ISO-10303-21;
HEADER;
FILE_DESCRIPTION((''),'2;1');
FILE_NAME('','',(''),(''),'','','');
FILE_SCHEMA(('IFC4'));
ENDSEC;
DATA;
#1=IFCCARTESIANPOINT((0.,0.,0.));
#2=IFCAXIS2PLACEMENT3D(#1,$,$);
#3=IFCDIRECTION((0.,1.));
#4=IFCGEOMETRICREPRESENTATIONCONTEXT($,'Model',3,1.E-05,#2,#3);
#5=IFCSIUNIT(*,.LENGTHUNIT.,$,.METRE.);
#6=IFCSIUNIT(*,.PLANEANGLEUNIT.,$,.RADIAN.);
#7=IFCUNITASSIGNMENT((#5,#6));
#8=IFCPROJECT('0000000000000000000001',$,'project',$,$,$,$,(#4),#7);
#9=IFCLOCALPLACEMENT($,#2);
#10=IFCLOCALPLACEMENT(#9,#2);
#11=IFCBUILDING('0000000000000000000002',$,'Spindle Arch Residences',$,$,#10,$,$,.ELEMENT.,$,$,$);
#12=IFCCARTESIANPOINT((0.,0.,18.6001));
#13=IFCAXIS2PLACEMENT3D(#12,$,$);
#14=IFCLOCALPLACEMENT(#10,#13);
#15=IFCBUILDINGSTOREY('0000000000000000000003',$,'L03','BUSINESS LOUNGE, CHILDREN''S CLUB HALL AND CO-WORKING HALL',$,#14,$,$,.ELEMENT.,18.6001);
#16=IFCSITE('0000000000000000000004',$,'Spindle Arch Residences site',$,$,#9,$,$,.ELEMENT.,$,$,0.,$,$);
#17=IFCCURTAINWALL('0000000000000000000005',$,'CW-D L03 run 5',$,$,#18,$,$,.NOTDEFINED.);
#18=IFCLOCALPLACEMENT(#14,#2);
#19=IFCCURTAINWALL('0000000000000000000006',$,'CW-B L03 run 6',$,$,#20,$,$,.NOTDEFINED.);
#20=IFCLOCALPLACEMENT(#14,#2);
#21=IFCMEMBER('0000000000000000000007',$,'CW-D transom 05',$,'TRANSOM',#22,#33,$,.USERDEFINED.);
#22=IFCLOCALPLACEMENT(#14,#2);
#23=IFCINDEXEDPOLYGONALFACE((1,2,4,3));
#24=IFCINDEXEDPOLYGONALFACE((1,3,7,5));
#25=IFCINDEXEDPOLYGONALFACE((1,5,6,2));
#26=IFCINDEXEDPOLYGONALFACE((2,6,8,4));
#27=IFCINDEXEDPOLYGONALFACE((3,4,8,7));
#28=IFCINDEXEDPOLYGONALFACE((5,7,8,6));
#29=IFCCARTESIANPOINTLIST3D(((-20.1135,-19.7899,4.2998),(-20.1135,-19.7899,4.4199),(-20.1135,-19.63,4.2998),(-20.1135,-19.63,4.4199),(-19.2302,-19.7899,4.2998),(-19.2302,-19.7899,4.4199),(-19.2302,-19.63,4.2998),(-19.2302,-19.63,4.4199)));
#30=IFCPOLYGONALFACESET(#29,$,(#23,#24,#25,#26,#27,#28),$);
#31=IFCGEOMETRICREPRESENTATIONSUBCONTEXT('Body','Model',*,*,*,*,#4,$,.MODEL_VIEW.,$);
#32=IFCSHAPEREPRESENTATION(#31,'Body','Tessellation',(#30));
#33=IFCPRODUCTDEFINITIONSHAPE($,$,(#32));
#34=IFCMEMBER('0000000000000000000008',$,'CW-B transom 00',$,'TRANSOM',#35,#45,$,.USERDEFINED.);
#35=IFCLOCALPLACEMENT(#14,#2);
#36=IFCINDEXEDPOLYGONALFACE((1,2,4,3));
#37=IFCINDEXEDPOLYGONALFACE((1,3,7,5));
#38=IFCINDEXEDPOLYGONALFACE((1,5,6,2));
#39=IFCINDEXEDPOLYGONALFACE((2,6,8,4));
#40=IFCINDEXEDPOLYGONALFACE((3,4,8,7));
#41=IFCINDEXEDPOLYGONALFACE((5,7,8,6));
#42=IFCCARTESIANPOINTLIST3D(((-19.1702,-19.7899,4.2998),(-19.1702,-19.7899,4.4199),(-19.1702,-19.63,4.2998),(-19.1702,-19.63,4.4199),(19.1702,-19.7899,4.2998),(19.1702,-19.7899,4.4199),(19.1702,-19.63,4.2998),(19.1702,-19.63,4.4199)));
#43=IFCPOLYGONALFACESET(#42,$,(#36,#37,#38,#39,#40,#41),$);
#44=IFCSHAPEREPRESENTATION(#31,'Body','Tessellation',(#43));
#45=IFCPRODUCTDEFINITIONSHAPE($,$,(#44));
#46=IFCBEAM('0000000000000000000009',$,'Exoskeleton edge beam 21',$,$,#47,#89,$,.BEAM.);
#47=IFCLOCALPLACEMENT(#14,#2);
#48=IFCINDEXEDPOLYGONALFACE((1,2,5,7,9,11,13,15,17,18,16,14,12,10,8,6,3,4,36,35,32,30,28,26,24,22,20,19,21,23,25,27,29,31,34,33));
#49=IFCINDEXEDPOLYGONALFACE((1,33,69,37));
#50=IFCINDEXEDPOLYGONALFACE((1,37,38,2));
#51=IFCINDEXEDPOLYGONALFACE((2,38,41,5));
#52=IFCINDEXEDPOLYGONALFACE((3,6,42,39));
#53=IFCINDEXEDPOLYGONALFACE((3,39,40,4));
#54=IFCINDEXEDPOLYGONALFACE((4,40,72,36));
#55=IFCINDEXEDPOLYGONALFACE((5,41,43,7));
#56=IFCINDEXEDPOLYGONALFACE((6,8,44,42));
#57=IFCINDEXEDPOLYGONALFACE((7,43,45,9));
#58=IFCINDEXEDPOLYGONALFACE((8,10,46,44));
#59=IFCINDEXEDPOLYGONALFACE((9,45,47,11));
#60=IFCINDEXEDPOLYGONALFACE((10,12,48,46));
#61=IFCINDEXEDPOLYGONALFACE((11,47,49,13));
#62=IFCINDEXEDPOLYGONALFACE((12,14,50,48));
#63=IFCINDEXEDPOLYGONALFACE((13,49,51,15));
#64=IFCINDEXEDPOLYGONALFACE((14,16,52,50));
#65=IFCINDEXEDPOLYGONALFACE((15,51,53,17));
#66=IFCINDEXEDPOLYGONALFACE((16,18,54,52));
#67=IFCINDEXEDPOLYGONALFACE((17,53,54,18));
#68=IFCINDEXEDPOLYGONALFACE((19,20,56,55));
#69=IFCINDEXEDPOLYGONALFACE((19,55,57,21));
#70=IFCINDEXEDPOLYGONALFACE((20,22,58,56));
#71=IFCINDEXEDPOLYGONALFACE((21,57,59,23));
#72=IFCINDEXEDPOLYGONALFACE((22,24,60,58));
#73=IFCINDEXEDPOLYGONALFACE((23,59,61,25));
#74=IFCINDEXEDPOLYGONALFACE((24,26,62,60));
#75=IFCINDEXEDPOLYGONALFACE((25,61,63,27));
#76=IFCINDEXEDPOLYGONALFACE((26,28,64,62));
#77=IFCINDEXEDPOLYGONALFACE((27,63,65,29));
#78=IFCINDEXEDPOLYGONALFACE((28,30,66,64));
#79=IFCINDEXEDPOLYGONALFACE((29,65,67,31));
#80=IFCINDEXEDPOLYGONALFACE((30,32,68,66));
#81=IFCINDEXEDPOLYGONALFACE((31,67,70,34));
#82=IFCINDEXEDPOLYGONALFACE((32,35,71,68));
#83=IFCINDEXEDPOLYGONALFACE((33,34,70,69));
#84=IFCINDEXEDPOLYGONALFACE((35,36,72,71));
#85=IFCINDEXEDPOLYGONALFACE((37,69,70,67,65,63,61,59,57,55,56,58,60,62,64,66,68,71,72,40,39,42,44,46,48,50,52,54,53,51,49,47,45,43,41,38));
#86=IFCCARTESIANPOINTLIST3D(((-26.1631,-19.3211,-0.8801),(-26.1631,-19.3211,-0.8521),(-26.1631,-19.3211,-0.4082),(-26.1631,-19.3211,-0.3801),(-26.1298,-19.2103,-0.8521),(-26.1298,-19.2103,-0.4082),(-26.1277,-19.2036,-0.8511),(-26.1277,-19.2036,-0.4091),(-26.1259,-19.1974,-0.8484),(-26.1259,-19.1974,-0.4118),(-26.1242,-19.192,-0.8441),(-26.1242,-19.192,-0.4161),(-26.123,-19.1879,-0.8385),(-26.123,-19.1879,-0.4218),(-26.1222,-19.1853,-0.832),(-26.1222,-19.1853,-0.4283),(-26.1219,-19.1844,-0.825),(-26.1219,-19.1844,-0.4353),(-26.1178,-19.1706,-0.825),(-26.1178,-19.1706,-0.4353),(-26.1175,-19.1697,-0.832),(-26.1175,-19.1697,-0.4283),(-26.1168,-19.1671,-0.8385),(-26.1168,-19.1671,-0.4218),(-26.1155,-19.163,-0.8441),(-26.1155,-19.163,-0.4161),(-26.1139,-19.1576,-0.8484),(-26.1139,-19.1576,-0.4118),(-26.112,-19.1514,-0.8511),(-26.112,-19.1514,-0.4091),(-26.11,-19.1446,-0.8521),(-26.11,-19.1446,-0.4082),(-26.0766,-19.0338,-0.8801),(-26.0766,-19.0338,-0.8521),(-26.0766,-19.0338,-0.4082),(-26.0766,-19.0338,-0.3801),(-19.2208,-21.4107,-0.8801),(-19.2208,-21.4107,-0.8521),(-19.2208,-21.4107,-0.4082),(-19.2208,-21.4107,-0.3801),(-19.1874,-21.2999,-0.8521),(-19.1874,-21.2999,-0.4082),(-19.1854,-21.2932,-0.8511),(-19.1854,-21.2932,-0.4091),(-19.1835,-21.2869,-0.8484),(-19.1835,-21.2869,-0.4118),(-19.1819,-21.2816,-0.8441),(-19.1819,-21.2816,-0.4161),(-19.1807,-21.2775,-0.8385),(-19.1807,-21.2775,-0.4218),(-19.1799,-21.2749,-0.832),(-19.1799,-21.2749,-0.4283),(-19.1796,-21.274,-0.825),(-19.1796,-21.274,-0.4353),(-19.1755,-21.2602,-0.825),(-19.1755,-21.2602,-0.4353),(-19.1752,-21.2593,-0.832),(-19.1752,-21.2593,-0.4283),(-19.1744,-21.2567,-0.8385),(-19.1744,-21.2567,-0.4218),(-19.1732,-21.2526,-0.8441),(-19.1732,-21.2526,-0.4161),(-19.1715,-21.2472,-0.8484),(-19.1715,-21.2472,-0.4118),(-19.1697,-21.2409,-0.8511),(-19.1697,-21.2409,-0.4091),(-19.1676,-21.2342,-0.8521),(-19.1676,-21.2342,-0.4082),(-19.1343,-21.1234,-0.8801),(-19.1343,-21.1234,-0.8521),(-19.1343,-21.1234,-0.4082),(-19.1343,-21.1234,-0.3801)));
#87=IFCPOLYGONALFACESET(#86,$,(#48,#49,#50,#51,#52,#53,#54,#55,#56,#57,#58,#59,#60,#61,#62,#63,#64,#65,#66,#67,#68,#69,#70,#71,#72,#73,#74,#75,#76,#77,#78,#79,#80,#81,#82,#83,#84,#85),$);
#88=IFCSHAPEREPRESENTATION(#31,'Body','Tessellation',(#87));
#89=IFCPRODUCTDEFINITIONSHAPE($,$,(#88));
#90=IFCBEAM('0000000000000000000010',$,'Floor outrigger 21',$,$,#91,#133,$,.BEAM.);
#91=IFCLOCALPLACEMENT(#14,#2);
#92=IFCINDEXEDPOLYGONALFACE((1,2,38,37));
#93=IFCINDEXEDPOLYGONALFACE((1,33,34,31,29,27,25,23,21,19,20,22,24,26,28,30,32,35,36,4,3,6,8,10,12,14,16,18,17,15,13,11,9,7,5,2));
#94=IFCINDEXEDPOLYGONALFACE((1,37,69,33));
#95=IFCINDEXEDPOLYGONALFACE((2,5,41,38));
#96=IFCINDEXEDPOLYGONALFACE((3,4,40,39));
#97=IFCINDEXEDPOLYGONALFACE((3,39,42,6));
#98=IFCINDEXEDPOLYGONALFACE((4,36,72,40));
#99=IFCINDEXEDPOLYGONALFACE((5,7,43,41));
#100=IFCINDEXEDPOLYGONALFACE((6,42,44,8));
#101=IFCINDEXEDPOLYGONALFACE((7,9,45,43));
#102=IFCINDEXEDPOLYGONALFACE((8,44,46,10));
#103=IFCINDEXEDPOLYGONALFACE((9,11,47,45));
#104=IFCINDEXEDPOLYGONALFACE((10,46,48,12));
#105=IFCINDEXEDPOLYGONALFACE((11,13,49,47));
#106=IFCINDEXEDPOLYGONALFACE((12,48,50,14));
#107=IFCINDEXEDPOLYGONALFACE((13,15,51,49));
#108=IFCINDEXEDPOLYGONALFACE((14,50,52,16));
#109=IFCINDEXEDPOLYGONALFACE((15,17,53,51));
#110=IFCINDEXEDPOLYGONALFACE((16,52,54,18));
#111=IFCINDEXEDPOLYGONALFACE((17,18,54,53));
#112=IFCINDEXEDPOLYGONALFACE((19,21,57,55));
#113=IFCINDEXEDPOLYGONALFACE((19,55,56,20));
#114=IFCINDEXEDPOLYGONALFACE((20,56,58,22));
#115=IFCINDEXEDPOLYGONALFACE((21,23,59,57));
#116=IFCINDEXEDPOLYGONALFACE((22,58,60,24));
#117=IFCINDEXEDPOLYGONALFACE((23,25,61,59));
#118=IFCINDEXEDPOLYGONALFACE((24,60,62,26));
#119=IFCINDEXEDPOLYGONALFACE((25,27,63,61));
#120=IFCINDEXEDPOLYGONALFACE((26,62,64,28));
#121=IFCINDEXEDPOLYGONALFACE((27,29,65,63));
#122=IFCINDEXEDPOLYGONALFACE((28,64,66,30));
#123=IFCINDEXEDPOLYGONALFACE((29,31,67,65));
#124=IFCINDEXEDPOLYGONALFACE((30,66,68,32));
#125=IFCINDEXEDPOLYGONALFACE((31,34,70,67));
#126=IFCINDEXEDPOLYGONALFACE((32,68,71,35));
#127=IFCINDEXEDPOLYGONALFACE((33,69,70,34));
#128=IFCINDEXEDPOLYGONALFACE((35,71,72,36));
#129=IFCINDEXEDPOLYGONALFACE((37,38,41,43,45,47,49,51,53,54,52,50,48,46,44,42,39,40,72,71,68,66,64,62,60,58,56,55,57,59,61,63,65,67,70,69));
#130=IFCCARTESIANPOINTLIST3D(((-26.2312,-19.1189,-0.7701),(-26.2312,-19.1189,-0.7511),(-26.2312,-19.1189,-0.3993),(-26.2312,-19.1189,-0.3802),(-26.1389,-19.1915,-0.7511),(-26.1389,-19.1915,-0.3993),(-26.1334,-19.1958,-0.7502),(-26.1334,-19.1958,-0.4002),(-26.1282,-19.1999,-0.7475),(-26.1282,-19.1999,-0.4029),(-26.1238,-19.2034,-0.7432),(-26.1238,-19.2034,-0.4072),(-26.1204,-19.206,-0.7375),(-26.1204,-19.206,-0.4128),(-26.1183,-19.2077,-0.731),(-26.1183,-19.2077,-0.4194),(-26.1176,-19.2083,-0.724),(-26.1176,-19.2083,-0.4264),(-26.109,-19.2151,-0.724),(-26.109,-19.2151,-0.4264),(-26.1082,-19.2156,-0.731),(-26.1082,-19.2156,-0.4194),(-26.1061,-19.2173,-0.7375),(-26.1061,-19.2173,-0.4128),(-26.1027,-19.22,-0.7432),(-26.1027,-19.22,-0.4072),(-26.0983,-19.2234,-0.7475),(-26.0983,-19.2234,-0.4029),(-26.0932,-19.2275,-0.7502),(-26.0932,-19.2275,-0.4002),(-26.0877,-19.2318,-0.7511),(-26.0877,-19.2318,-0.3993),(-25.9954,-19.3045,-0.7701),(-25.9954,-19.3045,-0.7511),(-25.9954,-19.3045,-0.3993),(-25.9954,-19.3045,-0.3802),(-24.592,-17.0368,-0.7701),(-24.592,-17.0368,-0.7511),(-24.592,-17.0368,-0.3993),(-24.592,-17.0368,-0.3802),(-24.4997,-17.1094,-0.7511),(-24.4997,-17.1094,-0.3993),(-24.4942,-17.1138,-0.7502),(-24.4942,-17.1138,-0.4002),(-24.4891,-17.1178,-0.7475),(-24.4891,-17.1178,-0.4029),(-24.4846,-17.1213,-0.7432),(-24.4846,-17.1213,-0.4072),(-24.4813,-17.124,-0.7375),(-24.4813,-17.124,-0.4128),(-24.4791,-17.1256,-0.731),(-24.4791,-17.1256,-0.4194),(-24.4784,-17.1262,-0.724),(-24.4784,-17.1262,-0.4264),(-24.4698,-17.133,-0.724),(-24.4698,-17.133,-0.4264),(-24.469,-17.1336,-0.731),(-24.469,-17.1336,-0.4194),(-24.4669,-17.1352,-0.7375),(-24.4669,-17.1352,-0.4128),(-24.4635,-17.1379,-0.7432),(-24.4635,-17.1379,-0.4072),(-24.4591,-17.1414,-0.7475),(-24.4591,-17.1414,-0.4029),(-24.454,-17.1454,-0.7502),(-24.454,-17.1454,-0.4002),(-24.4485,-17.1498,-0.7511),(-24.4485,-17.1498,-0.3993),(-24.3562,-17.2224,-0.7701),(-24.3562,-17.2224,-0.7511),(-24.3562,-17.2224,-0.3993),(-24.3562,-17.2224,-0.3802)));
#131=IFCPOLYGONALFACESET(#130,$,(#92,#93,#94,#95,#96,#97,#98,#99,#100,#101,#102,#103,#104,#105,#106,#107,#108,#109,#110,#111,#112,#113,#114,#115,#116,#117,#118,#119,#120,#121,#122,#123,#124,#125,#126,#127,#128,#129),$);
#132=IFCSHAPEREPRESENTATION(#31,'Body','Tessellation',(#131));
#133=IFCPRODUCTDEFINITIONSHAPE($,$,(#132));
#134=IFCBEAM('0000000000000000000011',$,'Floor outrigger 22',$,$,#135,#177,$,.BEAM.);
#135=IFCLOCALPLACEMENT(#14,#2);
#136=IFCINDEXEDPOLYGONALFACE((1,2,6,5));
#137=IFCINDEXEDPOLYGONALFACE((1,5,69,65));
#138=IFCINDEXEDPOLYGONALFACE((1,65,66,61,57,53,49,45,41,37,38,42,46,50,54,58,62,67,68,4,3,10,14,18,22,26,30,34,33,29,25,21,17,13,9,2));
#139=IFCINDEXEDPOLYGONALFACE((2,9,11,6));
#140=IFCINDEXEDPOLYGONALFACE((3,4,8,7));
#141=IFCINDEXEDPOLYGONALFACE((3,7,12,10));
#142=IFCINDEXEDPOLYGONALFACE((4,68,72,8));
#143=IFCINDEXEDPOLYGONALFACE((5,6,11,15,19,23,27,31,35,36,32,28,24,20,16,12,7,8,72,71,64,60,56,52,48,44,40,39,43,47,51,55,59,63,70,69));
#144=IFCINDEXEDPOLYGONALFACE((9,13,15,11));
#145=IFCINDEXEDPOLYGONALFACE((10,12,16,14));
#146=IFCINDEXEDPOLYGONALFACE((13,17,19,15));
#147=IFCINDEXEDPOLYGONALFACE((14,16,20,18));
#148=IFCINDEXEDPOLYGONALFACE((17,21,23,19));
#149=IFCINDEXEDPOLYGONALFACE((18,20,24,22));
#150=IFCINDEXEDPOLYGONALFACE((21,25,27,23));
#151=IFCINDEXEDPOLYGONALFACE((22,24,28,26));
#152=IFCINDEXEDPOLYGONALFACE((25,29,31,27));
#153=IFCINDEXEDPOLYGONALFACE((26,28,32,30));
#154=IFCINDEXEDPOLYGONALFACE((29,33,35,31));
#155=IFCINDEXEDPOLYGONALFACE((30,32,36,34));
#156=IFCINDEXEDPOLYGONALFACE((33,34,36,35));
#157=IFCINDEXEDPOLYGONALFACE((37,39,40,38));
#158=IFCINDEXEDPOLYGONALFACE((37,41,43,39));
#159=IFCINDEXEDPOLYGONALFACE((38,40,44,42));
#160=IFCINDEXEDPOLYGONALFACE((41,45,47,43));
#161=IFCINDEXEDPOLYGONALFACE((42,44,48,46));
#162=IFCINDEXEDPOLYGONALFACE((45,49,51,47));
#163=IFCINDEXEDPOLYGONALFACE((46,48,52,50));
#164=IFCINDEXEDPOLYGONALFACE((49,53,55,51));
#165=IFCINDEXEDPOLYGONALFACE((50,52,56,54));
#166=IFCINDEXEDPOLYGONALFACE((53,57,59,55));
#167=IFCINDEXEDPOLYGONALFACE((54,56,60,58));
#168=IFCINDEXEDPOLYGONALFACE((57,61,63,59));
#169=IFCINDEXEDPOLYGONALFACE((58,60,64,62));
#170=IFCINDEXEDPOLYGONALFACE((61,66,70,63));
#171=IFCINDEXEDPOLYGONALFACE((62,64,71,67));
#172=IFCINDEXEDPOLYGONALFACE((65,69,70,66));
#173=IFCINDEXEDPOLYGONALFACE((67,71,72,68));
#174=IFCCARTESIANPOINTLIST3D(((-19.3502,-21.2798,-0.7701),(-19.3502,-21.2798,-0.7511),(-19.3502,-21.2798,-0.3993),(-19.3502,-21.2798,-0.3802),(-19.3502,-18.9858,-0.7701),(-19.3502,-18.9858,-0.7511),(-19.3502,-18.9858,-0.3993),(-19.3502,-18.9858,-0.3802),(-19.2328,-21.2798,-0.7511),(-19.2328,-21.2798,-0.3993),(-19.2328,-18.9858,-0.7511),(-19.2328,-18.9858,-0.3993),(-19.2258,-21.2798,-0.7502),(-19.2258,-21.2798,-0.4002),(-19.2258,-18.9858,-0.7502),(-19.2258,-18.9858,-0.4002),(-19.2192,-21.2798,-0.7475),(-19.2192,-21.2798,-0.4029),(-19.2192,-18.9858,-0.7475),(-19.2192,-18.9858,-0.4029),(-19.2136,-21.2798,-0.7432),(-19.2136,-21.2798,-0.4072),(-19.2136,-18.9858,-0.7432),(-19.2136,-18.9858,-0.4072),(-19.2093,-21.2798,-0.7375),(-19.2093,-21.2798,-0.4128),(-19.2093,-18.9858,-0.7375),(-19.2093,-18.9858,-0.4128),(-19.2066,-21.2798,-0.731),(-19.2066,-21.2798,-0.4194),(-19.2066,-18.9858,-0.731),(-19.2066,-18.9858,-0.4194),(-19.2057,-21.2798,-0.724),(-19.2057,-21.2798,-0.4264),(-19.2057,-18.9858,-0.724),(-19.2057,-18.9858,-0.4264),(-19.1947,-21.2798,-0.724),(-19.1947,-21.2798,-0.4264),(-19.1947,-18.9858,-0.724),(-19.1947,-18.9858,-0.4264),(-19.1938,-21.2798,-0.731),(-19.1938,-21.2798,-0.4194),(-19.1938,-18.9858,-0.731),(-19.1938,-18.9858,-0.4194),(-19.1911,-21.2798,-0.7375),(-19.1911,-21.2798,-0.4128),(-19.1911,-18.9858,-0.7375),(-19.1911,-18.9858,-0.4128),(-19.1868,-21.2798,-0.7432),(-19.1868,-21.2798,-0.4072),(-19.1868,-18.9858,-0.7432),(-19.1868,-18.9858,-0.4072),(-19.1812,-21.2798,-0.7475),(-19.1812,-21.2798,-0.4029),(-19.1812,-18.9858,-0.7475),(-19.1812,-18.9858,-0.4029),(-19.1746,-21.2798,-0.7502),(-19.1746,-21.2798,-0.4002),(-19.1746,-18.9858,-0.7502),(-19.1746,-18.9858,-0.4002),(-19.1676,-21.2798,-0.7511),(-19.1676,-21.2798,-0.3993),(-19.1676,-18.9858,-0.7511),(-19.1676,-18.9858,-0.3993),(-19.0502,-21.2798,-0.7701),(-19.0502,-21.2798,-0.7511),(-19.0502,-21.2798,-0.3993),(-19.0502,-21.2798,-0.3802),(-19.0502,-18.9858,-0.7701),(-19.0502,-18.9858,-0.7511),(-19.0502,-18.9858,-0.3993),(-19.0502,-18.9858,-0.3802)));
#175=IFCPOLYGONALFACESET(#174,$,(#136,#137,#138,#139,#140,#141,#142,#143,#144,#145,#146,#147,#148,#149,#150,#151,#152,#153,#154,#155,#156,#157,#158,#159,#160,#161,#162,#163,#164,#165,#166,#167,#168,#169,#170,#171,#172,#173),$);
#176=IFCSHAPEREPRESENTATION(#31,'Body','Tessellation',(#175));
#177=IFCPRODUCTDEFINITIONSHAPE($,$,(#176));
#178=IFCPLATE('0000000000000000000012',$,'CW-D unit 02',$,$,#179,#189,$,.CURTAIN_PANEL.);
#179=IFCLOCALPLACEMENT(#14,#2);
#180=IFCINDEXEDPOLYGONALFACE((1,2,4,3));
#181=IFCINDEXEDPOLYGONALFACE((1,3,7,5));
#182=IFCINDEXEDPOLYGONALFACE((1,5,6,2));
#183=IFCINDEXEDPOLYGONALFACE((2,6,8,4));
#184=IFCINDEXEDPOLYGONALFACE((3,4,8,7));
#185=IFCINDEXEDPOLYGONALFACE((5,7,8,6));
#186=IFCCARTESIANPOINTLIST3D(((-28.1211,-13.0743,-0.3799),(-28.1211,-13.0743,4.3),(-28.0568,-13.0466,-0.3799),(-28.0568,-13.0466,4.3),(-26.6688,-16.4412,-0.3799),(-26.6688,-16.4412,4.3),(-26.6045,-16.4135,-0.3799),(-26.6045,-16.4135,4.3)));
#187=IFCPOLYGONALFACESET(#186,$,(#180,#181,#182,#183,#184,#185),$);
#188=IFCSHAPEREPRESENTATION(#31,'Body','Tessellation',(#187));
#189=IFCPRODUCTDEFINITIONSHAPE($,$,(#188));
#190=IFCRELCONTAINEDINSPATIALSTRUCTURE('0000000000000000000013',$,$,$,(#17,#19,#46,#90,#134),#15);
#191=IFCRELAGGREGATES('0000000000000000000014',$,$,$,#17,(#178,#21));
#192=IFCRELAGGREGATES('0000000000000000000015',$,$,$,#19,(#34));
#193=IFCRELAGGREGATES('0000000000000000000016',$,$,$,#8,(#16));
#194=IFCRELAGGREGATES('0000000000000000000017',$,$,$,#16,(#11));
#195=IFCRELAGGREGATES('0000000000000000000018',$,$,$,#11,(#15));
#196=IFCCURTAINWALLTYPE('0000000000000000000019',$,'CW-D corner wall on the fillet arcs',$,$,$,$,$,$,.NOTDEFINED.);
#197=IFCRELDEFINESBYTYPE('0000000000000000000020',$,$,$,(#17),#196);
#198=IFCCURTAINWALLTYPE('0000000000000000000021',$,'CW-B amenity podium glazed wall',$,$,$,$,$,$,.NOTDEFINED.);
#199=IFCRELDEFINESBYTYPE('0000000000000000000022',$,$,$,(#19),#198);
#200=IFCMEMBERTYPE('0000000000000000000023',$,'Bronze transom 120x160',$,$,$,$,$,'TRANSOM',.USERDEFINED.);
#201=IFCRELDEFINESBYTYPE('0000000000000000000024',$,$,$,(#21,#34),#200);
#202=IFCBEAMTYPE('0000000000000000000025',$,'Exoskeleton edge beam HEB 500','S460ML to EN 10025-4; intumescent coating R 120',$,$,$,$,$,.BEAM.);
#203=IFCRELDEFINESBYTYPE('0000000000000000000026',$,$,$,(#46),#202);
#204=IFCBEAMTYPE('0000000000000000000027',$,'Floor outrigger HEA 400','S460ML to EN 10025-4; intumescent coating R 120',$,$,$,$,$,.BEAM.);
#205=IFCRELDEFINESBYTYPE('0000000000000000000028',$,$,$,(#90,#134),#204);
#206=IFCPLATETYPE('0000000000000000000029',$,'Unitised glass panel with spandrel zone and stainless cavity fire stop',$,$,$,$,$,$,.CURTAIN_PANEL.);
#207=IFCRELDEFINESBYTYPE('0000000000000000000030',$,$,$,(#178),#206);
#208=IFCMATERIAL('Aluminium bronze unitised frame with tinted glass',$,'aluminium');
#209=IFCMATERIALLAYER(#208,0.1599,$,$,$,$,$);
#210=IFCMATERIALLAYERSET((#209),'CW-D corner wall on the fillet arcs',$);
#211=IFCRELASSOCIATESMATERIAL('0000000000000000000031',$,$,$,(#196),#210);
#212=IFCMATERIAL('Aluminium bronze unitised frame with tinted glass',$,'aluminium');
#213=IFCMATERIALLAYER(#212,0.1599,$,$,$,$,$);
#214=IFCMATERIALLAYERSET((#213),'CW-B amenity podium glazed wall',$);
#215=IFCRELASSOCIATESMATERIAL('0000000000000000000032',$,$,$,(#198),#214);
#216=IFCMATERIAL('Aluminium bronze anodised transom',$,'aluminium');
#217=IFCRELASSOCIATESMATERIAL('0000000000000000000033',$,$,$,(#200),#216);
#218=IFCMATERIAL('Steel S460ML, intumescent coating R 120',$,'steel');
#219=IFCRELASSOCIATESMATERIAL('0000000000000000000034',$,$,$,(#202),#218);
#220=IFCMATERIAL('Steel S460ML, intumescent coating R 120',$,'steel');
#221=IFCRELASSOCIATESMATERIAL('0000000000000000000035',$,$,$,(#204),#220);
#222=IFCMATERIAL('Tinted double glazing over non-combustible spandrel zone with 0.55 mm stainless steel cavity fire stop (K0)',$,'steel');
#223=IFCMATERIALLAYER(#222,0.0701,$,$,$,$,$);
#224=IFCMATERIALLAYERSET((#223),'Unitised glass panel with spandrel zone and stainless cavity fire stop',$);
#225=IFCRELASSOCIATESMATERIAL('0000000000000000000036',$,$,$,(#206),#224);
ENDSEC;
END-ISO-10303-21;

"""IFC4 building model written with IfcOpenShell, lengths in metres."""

from ifc_helpers import new_model, si_unit, direction, frame, origin, origin_2d, place, context, subcontext, project, spatial, rectangle, i_section, extrude, material, layer, layer_set, material_profile, profile_set, type_object, element, aggregate, save


model = new_model("IFC4")

# Units and contexts
model_context = context("Model", 3, precision=1e-05, world=origin(), true_north=direction((0.0, 1.0)))
body_context = subcontext(model_context, "Body", "Model", "MODEL_VIEW")
ifc_project = project(units=[si_unit("LENGTHUNIT", "METRE"), si_unit("PLANEANGLEUNIT", "RADIAN")], contexts=[model_context])

# Site, building, storey
site_placement = place(None, origin())
site = spatial("IfcSite", under=ifc_project, at=site_placement, Name="Spindle Arch Residences site", CompositionType="ELEMENT", RefElevation=0.0)
building_placement = place(site_placement, origin())
building = spatial("IfcBuilding", under=site, at=building_placement, Name="Spindle Arch Residences", CompositionType="ELEMENT")
storey_placement = place(building_placement, frame((0.0, 0.0, 18.6001)))
storey = spatial("IfcBuildingStorey", under=building, at=storey_placement, Name="L03", Description="BUSINESS LOUNGE, CHILDREN'S CLUB HALL AND CO-WORKING HALL", CompositionType="ELEMENT", Elevation=18.6001)

# Curtain wall
ifc_material_1 = material(Name="Aluminium bronze unitised frame with tinted glass", Category="aluminium")
ifc_layer_1 = layer(ifc_material_1, 0.1599)
ifc_layer_set_1 = layer_set([ifc_layer_1], Name="CW-D corner wall on the fillet arcs")
curtain_wall_type_1 = type_object("IfcCurtainWallType", Name="CW-D corner wall on the fillet arcs", PredefinedType="NOTDEFINED", material=ifc_layer_set_1)
curtain_wall_1_placement = place(storey_placement, origin())
curtain_wall_1 = element("IfcCurtainWall", 1, at=curtain_wall_1_placement, inside=storey, type_object=curtain_wall_type_1, Name="CW-D L03 run 5", PredefinedType="NOTDEFINED")

# Curtain wall
ifc_material_2 = material(Name="Aluminium bronze unitised frame with tinted glass", Category="aluminium")
ifc_layer_2 = layer(ifc_material_2, 0.1599)
ifc_layer_set_2 = layer_set([ifc_layer_2], Name="CW-B amenity podium glazed wall")
curtain_wall_type_2 = type_object("IfcCurtainWallType", Name="CW-B amenity podium glazed wall", PredefinedType="NOTDEFINED", material=ifc_layer_set_2)
curtain_wall_2_placement = place(storey_placement, origin())
curtain_wall_2 = element("IfcCurtainWall", 2, at=curtain_wall_2_placement, inside=storey, type_object=curtain_wall_type_2, Name="CW-B L03 run 6", PredefinedType="NOTDEFINED")

# Members
ifc_material_3 = material(Name="Aluminium bronze anodised transom", Category="aluminium")
ifc_material_profile_1 = material_profile(ifc_material_3, rectangle(XDim=0.1599, YDim=0.1201, at=origin_2d()), Name="TR 120x160")
ifc_profile_set_1 = profile_set([ifc_material_profile_1], Name="Aluminium bronze anodised transom")
member_type_1 = type_object("IfcMemberType", Name="Bronze transom 120x160", ElementType="TRANSOM", PredefinedType="USERDEFINED", material=ifc_profile_set_1)
member_1_placement = place(storey_placement, frame((-20.1135, -19.71, 4.3599), z_axis=(1.0, 0.0, 0.0), x_axis=(0.0, 1.0, 0.0)))
member_1 = element("IfcMember", 3, at=member_1_placement, type_object=member_type_1, Name="CW-D transom 05", ObjectType="TRANSOM", PredefinedType="USERDEFINED", context=body_context, shape_type="SweptSolid", body=[
    extrude(rectangle(XDim=0.1599, YDim=0.1201, at=origin_2d()), origin(), (0.0, 0.0, 1.0), 0.8833),
])
member_2_placement = place(storey_placement, frame((-19.1702, -19.71, 4.3599), z_axis=(1.0, 0.0, 0.0), x_axis=(0.0, 1.0, 0.0)))
member_2 = element("IfcMember", 4, at=member_2_placement, type_object=member_type_1, Name="CW-B transom 00", ObjectType="TRANSOM", PredefinedType="USERDEFINED", context=body_context, shape_type="SweptSolid", body=[
    extrude(rectangle(XDim=0.1599, YDim=0.1201, at=origin_2d()), origin(), (0.0, 0.0, 1.0), 38.3403),
])

# Beams
ifc_material_4 = material(Name="Steel S460ML, intumescent coating R 120", Category="steel")
ifc_material_profile_2 = material_profile(ifc_material_4, i_section(OverallWidth=0.3, OverallDepth=0.5, WebThickness=0.0144, FlangeThickness=0.0281, FilletRadius=0.0271, at=origin_2d()), Name="HEB 500")
ifc_profile_set_2 = profile_set([ifc_material_profile_2], Name="Steel S460ML, intumescent coating R 120")
beam_type_1 = type_object("IfcBeamType", Name="Exoskeleton edge beam HEB 500", Description="S460ML to EN 10025-4; intumescent coating R 120", PredefinedType="BEAM", material=ifc_profile_set_2)
beam_1_placement = place(storey_placement, frame((-26.1199, -19.1775, -0.6301), z_axis=(0.957565, -0.288219, 0.0), x_axis=(0.288219, 0.957565, 0.0)))
element("IfcBeam", 5, at=beam_1_placement, inside=storey, type_object=beam_type_1, Name="Exoskeleton edge beam 21", PredefinedType="BEAM", context=body_context, shape_type="SweptSolid", body=[
    extrude(i_section(OverallWidth=0.3, OverallDepth=0.5, WebThickness=0.0144, FlangeThickness=0.0281, FilletRadius=0.0271, at=origin_2d()), origin(), (0.0, 0.0, 1.0), 7.25),
])
ifc_material_5 = material(Name="Steel S460ML, intumescent coating R 120", Category="steel")
ifc_material_profile_3 = material_profile(ifc_material_5, i_section(OverallWidth=0.3, OverallDepth=0.3899, WebThickness=0.011, FlangeThickness=0.019, FilletRadius=0.0271, at=origin_2d()), Name="HEA 400")
ifc_profile_set_3 = profile_set([ifc_material_profile_3], Name="Steel S460ML, intumescent coating R 120")
beam_type_2 = type_object("IfcBeamType", Name="Floor outrigger HEA 400", Description="S460ML to EN 10025-4; intumescent coating R 120", PredefinedType="BEAM", material=ifc_profile_set_3)
beam_2_placement = place(storey_placement, frame((-26.1133, -19.2117, -0.5752), z_axis=(0.618586, 0.785717, 0.0), x_axis=(-0.785717, 0.618586, 0.0)))
element("IfcBeam", 6, at=beam_2_placement, inside=storey, type_object=beam_type_2, Name="Floor outrigger 21", PredefinedType="BEAM", context=body_context, shape_type="SweptSolid", body=[
    extrude(i_section(OverallWidth=0.3, OverallDepth=0.3899, WebThickness=0.011, FlangeThickness=0.019, FilletRadius=0.0271, at=origin_2d()), origin(), (0.0, 0.0, 1.0), 2.6499),
])
beam_3_placement = place(storey_placement, frame((-19.2002, -21.2798, -0.5752), z_axis=(0.0, 1.0, 0.0), x_axis=(-1.0, 0.0, 0.0)))
element("IfcBeam", 7, at=beam_3_placement, inside=storey, type_object=beam_type_2, Name="Floor outrigger 22", PredefinedType="BEAM", context=body_context, shape_type="SweptSolid", body=[
    extrude(i_section(OverallWidth=0.3, OverallDepth=0.3899, WebThickness=0.011, FlangeThickness=0.019, FilletRadius=0.0271, at=origin_2d()), origin(), (0.0, 0.0, 1.0), 2.2939),
])

# Plate
ifc_material_6 = material(Name="Tinted double glazing over non-combustible spandrel zone with 0.55 mm stainless steel cavity fire stop (K0)", Category="steel")
ifc_layer_3 = layer(ifc_material_6, 0.0701)
ifc_layer_set_3 = layer_set([ifc_layer_3], Name="Unitised glass panel with spandrel zone and stainless cavity fire stop")
plate_type = type_object("IfcPlateType", Name="Unitised glass panel with spandrel zone and stainless cavity fire stop", PredefinedType="CURTAIN_PANEL", material=ifc_layer_set_3)
plate_1_placement = place(storey_placement, frame((-27.3628, -14.7439, -0.3799), z_axis=(0.0, 0.0, 1.0), x_axis=(0.39608, -0.918216, 0.0)))
plate_1 = element("IfcPlate", 8, at=plate_1_placement, type_object=plate_type, Name="CW-D unit 02", PredefinedType="CURTAIN_PANEL", context=body_context, shape_type="SweptSolid", body=[
    extrude(rectangle(XDim=3.6667, YDim=0.0701, at=origin_2d()), origin(), (0.0, 0.0, 1.0), 4.6799),
])
aggregate(curtain_wall_1, [plate_1, member_1])
aggregate(curtain_wall_2, [member_2])

save(model, "model.ifc")
